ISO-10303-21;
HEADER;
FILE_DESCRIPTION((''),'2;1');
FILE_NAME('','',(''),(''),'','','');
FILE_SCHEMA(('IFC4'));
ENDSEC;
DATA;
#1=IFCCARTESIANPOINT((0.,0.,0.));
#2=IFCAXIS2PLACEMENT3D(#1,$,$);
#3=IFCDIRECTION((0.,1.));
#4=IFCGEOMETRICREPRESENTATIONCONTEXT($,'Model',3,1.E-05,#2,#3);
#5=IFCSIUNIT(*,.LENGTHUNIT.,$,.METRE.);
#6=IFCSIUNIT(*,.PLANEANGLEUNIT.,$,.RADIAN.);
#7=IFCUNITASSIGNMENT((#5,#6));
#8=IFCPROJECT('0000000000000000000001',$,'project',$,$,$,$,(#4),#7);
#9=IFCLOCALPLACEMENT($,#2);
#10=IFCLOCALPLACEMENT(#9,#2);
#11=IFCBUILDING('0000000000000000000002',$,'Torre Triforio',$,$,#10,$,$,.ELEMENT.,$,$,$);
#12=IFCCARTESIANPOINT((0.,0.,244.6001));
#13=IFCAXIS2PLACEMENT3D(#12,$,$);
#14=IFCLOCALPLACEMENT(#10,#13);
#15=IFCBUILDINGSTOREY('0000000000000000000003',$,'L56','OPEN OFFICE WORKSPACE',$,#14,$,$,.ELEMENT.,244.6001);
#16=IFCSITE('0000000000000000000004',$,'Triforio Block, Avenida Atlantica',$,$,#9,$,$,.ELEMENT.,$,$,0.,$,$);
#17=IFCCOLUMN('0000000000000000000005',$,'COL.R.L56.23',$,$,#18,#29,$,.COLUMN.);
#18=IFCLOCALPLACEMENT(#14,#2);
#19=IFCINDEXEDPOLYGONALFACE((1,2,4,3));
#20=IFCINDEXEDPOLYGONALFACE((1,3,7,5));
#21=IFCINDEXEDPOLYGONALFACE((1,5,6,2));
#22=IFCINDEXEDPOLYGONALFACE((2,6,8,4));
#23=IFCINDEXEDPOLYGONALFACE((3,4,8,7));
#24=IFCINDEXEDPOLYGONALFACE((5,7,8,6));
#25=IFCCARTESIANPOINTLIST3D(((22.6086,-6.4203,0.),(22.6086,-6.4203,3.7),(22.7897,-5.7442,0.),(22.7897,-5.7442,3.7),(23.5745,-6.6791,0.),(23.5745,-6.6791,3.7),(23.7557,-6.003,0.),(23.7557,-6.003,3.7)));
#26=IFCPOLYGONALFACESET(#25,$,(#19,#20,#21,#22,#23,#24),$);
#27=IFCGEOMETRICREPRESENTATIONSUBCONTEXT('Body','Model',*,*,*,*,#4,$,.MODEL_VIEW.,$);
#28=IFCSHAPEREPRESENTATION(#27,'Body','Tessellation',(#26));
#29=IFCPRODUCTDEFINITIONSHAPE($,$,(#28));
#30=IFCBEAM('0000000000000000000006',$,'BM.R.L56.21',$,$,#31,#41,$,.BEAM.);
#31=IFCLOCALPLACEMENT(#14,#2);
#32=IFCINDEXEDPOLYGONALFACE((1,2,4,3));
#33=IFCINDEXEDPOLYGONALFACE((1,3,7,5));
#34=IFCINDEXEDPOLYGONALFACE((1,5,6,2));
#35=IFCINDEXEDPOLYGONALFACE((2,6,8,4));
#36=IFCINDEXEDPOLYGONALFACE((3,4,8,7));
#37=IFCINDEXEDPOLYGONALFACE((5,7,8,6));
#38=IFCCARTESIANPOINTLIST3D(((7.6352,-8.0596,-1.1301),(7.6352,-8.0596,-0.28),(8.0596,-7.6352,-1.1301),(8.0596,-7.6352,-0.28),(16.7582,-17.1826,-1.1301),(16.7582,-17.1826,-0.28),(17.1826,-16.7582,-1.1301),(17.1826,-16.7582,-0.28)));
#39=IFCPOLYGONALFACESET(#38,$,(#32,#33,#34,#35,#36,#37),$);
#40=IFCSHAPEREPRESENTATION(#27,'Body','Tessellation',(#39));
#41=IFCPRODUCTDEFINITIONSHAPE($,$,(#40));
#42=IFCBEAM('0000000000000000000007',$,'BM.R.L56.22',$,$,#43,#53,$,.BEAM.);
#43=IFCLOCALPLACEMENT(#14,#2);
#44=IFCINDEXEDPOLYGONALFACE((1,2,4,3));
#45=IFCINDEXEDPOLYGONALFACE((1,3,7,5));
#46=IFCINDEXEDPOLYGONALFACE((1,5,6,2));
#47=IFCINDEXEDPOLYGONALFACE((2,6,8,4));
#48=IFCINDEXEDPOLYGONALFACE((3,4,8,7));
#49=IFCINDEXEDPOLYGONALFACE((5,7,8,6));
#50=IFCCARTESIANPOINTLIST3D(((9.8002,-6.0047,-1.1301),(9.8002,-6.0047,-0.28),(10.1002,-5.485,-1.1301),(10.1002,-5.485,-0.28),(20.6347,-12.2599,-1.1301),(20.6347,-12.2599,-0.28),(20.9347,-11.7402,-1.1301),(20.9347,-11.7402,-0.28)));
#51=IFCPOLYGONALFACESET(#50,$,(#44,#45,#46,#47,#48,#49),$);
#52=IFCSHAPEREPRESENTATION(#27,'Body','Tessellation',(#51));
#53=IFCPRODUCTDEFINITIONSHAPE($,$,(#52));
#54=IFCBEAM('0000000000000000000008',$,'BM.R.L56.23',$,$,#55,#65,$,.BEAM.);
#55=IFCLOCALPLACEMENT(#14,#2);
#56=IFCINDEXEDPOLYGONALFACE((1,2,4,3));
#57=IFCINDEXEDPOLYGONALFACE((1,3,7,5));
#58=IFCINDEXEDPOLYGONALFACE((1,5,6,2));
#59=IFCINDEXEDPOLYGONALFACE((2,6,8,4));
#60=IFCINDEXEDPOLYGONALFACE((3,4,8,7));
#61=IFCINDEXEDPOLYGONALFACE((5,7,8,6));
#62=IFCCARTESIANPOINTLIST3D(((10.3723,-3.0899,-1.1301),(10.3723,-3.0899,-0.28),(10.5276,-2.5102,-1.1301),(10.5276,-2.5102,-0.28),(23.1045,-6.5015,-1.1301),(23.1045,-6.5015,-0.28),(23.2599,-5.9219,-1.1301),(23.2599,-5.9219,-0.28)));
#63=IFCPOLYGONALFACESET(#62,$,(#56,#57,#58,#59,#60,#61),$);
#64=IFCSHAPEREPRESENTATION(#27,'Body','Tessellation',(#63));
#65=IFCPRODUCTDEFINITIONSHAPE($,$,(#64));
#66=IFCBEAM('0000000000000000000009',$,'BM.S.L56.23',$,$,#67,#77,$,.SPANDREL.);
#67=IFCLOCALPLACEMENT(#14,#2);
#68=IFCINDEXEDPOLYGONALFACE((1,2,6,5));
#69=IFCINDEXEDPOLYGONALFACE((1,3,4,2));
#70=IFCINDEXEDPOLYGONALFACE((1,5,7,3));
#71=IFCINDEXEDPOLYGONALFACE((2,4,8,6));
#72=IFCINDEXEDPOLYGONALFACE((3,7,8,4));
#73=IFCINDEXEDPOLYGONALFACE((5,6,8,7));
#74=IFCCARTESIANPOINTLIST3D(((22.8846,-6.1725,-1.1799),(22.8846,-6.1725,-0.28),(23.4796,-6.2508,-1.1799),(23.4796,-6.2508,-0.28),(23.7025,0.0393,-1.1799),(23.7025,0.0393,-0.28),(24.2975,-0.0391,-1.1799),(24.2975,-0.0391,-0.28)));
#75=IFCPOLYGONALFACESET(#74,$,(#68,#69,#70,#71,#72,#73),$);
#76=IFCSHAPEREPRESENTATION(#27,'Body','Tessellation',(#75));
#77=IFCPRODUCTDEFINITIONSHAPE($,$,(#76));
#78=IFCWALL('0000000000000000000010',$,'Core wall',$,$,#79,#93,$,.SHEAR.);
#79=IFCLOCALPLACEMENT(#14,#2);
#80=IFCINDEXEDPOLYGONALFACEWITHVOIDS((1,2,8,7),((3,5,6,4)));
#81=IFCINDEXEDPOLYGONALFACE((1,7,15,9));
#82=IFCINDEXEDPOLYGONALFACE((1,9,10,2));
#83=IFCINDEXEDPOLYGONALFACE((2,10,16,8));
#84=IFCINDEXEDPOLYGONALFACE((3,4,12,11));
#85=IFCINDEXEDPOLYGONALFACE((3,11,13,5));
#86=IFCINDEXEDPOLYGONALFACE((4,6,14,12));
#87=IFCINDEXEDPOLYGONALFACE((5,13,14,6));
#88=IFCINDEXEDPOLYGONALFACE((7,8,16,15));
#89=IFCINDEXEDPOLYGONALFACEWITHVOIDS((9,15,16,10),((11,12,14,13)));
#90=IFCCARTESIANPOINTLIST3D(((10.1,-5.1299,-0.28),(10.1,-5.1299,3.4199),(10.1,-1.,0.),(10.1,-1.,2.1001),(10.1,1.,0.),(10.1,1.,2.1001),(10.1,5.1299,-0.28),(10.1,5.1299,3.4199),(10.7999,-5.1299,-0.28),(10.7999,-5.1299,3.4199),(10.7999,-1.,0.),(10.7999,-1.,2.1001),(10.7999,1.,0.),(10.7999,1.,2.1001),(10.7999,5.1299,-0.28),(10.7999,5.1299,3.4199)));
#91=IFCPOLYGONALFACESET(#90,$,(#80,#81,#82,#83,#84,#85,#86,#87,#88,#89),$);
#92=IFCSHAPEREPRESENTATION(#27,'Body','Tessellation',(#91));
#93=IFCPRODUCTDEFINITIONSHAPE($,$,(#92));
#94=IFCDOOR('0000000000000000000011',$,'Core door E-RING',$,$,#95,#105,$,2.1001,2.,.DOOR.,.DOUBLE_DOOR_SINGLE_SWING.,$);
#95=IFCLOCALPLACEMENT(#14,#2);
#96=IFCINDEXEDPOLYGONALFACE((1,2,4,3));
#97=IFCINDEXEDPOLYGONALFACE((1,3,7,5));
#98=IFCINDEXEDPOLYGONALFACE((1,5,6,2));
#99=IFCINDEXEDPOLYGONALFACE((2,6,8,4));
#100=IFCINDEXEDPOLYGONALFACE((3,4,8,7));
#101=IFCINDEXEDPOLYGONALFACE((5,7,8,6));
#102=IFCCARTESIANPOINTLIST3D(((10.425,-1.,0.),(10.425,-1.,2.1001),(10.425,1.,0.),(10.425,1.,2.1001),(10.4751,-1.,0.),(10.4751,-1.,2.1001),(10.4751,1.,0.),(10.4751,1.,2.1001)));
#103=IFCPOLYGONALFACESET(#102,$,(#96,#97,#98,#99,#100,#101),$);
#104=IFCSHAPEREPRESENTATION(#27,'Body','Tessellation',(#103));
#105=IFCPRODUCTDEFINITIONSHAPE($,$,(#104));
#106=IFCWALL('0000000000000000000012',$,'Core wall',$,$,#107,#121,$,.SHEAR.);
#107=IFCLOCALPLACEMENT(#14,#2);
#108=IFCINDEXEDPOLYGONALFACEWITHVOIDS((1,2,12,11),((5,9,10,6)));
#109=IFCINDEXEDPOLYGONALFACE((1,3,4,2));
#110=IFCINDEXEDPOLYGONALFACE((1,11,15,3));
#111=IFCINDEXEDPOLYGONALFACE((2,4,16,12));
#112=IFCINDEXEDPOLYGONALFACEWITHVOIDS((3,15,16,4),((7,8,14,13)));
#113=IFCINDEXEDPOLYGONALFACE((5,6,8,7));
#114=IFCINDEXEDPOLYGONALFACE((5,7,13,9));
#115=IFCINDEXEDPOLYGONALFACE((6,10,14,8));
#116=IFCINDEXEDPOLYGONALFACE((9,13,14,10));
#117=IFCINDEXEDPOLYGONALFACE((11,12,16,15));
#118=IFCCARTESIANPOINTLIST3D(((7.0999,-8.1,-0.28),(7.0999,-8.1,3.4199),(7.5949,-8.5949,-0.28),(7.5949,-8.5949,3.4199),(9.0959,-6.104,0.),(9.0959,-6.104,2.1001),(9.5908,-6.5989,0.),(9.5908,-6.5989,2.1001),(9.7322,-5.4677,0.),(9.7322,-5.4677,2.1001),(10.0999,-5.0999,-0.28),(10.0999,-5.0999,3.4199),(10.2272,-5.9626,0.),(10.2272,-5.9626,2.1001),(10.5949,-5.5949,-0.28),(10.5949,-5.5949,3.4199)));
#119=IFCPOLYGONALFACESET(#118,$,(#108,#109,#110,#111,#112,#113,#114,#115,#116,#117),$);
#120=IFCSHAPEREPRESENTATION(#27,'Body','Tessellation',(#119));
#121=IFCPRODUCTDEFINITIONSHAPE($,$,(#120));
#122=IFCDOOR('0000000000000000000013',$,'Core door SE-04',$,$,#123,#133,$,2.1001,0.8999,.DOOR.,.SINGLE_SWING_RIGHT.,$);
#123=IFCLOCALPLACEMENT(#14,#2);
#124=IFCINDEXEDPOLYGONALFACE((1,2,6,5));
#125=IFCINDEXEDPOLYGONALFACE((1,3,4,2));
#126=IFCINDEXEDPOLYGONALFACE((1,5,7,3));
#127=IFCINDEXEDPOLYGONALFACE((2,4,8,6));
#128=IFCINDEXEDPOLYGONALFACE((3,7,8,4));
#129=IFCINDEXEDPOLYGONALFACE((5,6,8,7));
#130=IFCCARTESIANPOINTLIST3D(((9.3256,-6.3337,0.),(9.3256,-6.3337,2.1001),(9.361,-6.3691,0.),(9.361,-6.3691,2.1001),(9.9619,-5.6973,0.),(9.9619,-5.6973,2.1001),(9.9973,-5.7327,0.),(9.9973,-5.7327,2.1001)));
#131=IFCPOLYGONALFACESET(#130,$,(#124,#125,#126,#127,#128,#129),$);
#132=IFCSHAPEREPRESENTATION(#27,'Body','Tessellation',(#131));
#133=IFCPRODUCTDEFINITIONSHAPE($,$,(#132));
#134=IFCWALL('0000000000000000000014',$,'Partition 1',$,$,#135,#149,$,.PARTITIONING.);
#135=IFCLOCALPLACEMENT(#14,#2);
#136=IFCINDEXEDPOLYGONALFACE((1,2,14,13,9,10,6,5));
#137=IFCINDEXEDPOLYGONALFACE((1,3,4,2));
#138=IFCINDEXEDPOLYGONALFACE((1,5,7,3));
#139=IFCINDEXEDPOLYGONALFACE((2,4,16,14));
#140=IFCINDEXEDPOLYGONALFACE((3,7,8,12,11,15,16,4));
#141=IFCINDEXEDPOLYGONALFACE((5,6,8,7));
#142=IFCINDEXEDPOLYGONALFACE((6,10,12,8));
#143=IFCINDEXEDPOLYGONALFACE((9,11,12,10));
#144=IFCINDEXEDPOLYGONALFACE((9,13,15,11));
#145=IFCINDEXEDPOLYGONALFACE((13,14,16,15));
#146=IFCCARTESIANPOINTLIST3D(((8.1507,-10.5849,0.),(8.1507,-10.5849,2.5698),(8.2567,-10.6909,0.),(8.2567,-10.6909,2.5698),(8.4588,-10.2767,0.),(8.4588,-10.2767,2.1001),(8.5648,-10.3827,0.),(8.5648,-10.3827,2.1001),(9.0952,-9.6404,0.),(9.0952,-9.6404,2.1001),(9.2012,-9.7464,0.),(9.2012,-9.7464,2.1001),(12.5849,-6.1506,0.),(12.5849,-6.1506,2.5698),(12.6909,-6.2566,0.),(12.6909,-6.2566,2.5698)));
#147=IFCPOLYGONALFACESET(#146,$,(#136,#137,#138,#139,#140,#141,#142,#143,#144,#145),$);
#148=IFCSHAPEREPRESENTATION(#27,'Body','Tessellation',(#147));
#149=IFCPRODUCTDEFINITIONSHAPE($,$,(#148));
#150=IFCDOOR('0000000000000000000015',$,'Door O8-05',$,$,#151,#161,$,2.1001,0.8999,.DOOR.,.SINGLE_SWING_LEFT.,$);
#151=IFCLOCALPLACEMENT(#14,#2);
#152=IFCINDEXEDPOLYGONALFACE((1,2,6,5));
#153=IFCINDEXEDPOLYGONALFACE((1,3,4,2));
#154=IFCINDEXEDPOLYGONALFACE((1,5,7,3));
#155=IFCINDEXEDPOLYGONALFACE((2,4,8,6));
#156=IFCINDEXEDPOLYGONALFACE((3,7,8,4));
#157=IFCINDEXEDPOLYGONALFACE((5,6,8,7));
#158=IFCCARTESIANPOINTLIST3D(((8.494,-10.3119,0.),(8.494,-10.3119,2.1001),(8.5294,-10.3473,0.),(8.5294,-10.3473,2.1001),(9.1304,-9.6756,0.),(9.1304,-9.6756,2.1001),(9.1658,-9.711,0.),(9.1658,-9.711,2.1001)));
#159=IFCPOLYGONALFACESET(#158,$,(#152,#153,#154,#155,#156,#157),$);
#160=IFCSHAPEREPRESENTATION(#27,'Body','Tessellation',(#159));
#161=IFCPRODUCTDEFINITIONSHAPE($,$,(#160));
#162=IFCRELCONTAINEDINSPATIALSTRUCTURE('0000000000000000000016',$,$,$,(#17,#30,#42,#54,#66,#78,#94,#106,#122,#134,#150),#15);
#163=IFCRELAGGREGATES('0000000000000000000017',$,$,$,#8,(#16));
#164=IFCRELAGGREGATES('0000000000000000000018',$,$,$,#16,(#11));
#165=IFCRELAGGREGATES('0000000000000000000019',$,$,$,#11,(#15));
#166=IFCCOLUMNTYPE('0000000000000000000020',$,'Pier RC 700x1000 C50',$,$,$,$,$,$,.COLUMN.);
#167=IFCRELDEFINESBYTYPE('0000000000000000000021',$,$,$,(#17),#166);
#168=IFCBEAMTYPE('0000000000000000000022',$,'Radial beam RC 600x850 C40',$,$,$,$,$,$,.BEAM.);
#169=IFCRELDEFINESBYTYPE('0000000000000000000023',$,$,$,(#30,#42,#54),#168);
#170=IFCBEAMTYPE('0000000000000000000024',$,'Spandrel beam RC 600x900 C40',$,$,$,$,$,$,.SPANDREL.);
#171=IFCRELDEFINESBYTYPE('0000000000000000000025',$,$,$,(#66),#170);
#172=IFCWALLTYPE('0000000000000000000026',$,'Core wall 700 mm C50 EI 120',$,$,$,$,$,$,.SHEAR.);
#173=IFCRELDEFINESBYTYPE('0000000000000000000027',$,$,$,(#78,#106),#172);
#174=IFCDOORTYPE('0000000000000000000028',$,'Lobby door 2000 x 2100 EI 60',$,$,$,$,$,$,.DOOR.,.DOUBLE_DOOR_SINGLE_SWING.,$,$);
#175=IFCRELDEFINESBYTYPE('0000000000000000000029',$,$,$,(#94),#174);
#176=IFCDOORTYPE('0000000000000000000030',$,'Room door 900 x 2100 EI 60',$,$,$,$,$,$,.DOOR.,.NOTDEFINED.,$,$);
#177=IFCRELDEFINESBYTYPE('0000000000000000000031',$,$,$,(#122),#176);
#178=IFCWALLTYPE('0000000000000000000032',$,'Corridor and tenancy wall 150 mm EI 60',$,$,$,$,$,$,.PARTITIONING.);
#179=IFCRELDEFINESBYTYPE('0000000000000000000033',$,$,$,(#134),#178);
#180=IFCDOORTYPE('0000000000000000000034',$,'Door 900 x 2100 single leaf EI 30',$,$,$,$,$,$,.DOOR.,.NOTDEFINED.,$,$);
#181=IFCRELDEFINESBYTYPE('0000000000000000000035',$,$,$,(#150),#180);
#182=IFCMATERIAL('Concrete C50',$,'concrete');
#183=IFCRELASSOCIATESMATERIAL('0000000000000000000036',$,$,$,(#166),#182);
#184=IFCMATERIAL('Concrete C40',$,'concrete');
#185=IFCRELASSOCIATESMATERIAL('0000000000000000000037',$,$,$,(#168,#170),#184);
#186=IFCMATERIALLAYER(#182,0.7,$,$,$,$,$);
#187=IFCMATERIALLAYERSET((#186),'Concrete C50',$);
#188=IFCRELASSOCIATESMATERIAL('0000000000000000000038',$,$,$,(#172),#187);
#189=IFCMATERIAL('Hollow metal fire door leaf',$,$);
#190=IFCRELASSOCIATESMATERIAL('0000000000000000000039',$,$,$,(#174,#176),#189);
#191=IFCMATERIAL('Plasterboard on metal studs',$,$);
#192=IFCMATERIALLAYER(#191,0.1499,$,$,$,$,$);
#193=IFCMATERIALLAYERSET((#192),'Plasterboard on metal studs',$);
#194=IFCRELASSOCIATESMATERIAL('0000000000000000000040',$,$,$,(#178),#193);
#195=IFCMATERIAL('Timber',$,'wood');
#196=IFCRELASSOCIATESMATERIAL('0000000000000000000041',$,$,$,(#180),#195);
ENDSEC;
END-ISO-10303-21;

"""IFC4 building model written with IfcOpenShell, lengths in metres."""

from ifc_helpers import new_model, si_unit, direction, frame, frame_2d, origin, origin_2d, place, context, subcontext, project, spatial, rectangle, extrude, material, layer, layer_set, material_profile, profile_set, type_object, element, fill, save


model = new_model("IFC4")

# Units and contexts
model_context = context("Model", 3, precision=1e-05, world=origin(), true_north=direction((0.0, 1.0)))
body_context = subcontext(model_context, "Body", "Model", "MODEL_VIEW")
ifc_project = project(units=[si_unit("LENGTHUNIT", "METRE"), si_unit("PLANEANGLEUNIT", "RADIAN")], contexts=[model_context])

# Site, building, storey
site_placement = place(None, origin())
site = spatial("IfcSite", under=ifc_project, at=site_placement, Name="Triforio Block, Avenida Atlantica", CompositionType="ELEMENT", RefElevation=0.0)
building_placement = place(site_placement, origin())
building = spatial("IfcBuilding", under=site, at=building_placement, Name="Torre Triforio", CompositionType="ELEMENT")
storey_placement = place(building_placement, frame((0.0, 0.0, 244.6001)))
storey = spatial("IfcBuildingStorey", under=building, at=storey_placement, Name="L56", Description="OPEN OFFICE WORKSPACE", CompositionType="ELEMENT", Elevation=244.6001)

# Column
ifc_material_1 = material(Name="Concrete C50", Category="concrete")
ifc_material_profile_1 = material_profile(ifc_material_1, rectangle(XDim=0.7, YDim=1.0, at=origin_2d()), Name="RC 700x1000")
ifc_profile_set_1 = profile_set([ifc_material_profile_1], Name="Concrete C50")
column_type = type_object("IfcColumnType", Name="Pier RC 700x1000 C50", PredefinedType="COLUMN", material=ifc_profile_set_1)
column_placement = place(storey_placement, frame((23.1821, -6.2117, 0.0), z_axis=(0.0, 0.0, 1.0), x_axis=(0.258819, 0.965926, 0.0)))
element("IfcColumn", 1, at=column_placement, inside=storey, type_object=column_type, Name="COL.R.L56.23", PredefinedType="COLUMN", context=body_context, shape_type="SweptSolid", body=[
    extrude(rectangle(XDim=0.7, YDim=1.0, at=origin_2d()), origin(), (0.0, 0.0, 1.0), 3.7),
])

# Beams
ifc_material_2 = material(Name="Concrete C40", Category="concrete")
ifc_material_profile_2 = material_profile(ifc_material_2, rectangle(XDim=0.6001, YDim=0.8501, at=origin_2d()), Name="RC 600x850")
ifc_profile_set_2 = profile_set([ifc_material_profile_2], Name="Concrete C40")
beam_type_1 = type_object("IfcBeamType", Name="Radial beam RC 600x850 C40", PredefinedType="BEAM", material=ifc_profile_set_2)
beam_1_placement = place(storey_placement, frame((7.8474, -7.8474, -0.7051), z_axis=(0.707107, -0.707107, 0.0), x_axis=(0.707107, 0.707107, 0.0)))
element("IfcBeam", 2, at=beam_1_placement, inside=storey, type_object=beam_type_1, Name="BM.R.L56.21", PredefinedType="BEAM", context=body_context, shape_type="SweptSolid", body=[
    extrude(rectangle(XDim=0.6001, YDim=0.8501, at=origin_2d()), origin(), (0.0, 0.0, 1.0), 12.9019),
])
beam_2_placement = place(storey_placement, frame((9.9502, -5.7449, -0.7051), z_axis=(0.866031, -0.49999, 0.0), x_axis=(0.49999, 0.866031, 0.0)))
element("IfcBeam", 3, at=beam_2_placement, inside=storey, type_object=beam_type_1, Name="BM.R.L56.22", PredefinedType="BEAM", context=body_context, shape_type="SweptSolid", body=[
    extrude(rectangle(XDim=0.6001, YDim=0.8501, at=origin_2d()), origin(), (0.0, 0.0, 1.0), 12.5105),
])
beam_3_placement = place(storey_placement, frame((10.45, -2.8, -0.7051), z_axis=(0.965925, -0.258822, 0.0), x_axis=(0.258822, 0.965925, 0.0)))
element("IfcBeam", 4, at=beam_3_placement, inside=storey, type_object=beam_type_1, Name="BM.R.L56.23", PredefinedType="BEAM", context=body_context, shape_type="SweptSolid", body=[
    extrude(rectangle(XDim=0.6001, YDim=0.8501, at=origin_2d()), origin(), (0.0, 0.0, 1.0), 13.1814),
])
ifc_material_profile_3 = material_profile(ifc_material_2, rectangle(XDim=0.6001, YDim=0.8999, at=origin_2d()), Name="RC 600x900")
ifc_profile_set_3 = profile_set([ifc_material_profile_3], Name="Concrete C40")
beam_type_2 = type_object("IfcBeamType", Name="Spandrel beam RC 600x900 C40", PredefinedType="SPANDREL", material=ifc_profile_set_3)
beam_4_placement = place(storey_placement, frame((23.1821, -6.2117, -0.73), z_axis=(0.13054, 0.991443, 0.0), x_axis=(-0.991443, 0.13054, 0.0)))
element("IfcBeam", 5, at=beam_4_placement, inside=storey, type_object=beam_type_2, Name="BM.S.L56.23", PredefinedType="SPANDREL", context=body_context, shape_type="SweptSolid", body=[
    extrude(rectangle(XDim=0.6001, YDim=0.8999, at=origin_2d()), origin(), (0.0, 0.0, 1.0), 6.2654),
])

# Walls, openings, doors
ifc_layer_1 = layer(ifc_material_1, 0.7)
ifc_layer_set_1 = layer_set([ifc_layer_1], Name="Concrete C50")
wall_type_1 = type_object("IfcWallType", Name="Core wall 700 mm C50 EI 120", PredefinedType="SHEAR", material=ifc_layer_set_1)
wall_1_placement = place(storey_placement, frame((10.45, -5.1299, -0.28), z_axis=(0.0, 0.0, 1.0), x_axis=(0.0, 1.0, 0.0)))
wall_1 = element("IfcWall", 6, at=wall_1_placement, inside=storey, type_object=wall_type_1, Name="Core wall", PredefinedType="SHEAR", context=body_context, shape_type="SweptSolid", body=[
    extrude(rectangle(XDim=10.2598, YDim=0.7, at=frame_2d((5.1299, 0.0))), origin(), (0.0, 0.0, 1.0), 3.7),
])
opening_1_placement = place(wall_1_placement, frame((4.1299, 0.0, 0.28)))
opening_1 = element("IfcOpeningElement", 7, at=opening_1_placement, cuts=wall_1, PredefinedType="OPENING", context=body_context, shape_type="SweptSolid", body=[
    extrude(rectangle(XDim=2.0, YDim=2.1001, at=frame_2d((1.0, 1.05))), frame((0.0, 0.3599, 0.0), z_axis=(0.0, -1.0, 0.0), x_axis=(1.0, 0.0, 0.0)), (0.0, 0.0, 1.0), 0.72),
])
ifc_material_3 = material(Name="Hollow metal fire door leaf")
door_type_1 = type_object("IfcDoorType", Name="Lobby door 2000 x 2100 EI 60", OperationType="DOUBLE_DOOR_SINGLE_SWING", PredefinedType="DOOR", material=ifc_material_3)
door_1_placement = place(opening_1_placement, origin())
door_1 = element("IfcDoor", 8, at=door_1_placement, inside=storey, type_object=door_type_1, Name="Core door E-RING", OperationType="DOUBLE_DOOR_SINGLE_SWING", OverallHeight=2.1001, OverallWidth=2.0, PredefinedType="DOOR", context=body_context, shape_type="SweptSolid", body=[
    extrude(rectangle(XDim=2.0, YDim=2.1001, at=frame_2d((1.0, 1.05))), frame((0.0, 0.0249, 0.0), z_axis=(0.0, -1.0, 0.0), x_axis=(1.0, 0.0, 0.0)), (0.0, 0.0, 1.0), 0.05),
])
fill(opening_1, door_1)
wall_2_placement = place(storey_placement, frame((10.3474, -5.3474, -0.28), z_axis=(0.0, 0.0, 1.0), x_axis=(-0.707107, -0.707107, 0.0)))
wall_2 = element("IfcWall", 9, at=wall_2_placement, inside=storey, type_object=wall_type_1, Name="Core wall", PredefinedType="SHEAR", context=body_context, shape_type="SweptSolid", body=[
    extrude(rectangle(XDim=4.2427, YDim=0.7, at=frame_2d((2.1213, 0.0))), origin(), (0.0, 0.0, 1.0), 3.7),
])
opening_2_placement = place(wall_2_placement, frame((0.52, 0.0, 0.28)))
opening_2 = element("IfcOpeningElement", 10, at=opening_2_placement, cuts=wall_2, PredefinedType="OPENING", context=body_context, shape_type="SweptSolid", body=[
    extrude(rectangle(XDim=0.8999, YDim=2.1001, at=frame_2d((0.45, 1.05))), frame((0.0, 0.3599, 0.0), z_axis=(0.0, -1.0, 0.0), x_axis=(1.0, 0.0, 0.0)), (0.0, 0.0, 1.0), 0.72),
])
door_type_2 = type_object("IfcDoorType", Name="Room door 900 x 2100 EI 60", OperationType="NOTDEFINED", PredefinedType="DOOR", material=ifc_material_3)
door_2_placement = place(opening_2_placement, origin())
door_2 = element("IfcDoor", 11, at=door_2_placement, inside=storey, type_object=door_type_2, Name="Core door SE-04", OperationType="SINGLE_SWING_RIGHT", OverallHeight=2.1001, OverallWidth=0.8999, PredefinedType="DOOR", context=body_context, shape_type="SweptSolid", body=[
    extrude(rectangle(XDim=0.8999, YDim=2.1001, at=frame_2d((0.45, 1.05))), frame((0.0, 0.0249, 0.0), z_axis=(0.0, -1.0, 0.0), x_axis=(1.0, 0.0, 0.0)), (0.0, 0.0, 1.0), 0.05),
])
fill(opening_2, door_2)
ifc_material_4 = material(Name="Plasterboard on metal studs")
ifc_layer_2 = layer(ifc_material_4, 0.1499)
ifc_layer_set_2 = layer_set([ifc_layer_2], Name="Plasterboard on metal studs")
wall_type_2 = type_object("IfcWallType", Name="Corridor and tenancy wall 150 mm EI 60", PredefinedType="PARTITIONING", material=ifc_layer_set_2)
wall_3_placement = place(storey_placement, frame((12.6379, -6.2036, 0.0), z_axis=(0.0, 0.0, 1.0), x_axis=(-0.707107, -0.707107, 0.0)))
wall_3 = element("IfcWall", 12, at=wall_3_placement, inside=storey, type_object=wall_type_2, Name="Partition 1", PredefinedType="PARTITIONING", context=body_context, shape_type="SweptSolid", body=[
    extrude(rectangle(XDim=6.271, YDim=0.1499, at=frame_2d((3.1355, 0.0))), origin(), (0.0, 0.0, 1.0), 2.5698),
])
opening_3_placement = place(wall_3_placement, frame((4.9353, 0.0, 0.0)))
opening_3 = element("IfcOpeningElement", 13, at=opening_3_placement, cuts=wall_3, PredefinedType="OPENING", context=body_context, shape_type="SweptSolid", body=[
    extrude(rectangle(XDim=0.8999, YDim=2.1001, at=frame_2d((0.45, 1.05))), frame((0.0, 0.085, 0.0), z_axis=(0.0, -1.0, 0.0), x_axis=(1.0, 0.0, 0.0)), (0.0, 0.0, 1.0), 0.1699),
])
ifc_material_5 = material(Name="Timber", Category="wood")
door_type_3 = type_object("IfcDoorType", Name="Door 900 x 2100 single leaf EI 30", OperationType="NOTDEFINED", PredefinedType="DOOR", material=ifc_material_5)
door_3_placement = place(opening_3_placement, origin())
door_3 = element("IfcDoor", 14, at=door_3_placement, inside=storey, type_object=door_type_3, Name="Door O8-05", OperationType="SINGLE_SWING_LEFT", OverallHeight=2.1001, OverallWidth=0.8999, PredefinedType="DOOR", context=body_context, shape_type="SweptSolid", body=[
    extrude(rectangle(XDim=0.8999, YDim=2.1001, at=frame_2d((0.45, 1.05))), frame((0.0, 0.0249, 0.0), z_axis=(0.0, -1.0, 0.0), x_axis=(1.0, 0.0, 0.0)), (0.0, 0.0, 1.0), 0.05),
])
fill(opening_3, door_3)

save(model, "model.ifc")
